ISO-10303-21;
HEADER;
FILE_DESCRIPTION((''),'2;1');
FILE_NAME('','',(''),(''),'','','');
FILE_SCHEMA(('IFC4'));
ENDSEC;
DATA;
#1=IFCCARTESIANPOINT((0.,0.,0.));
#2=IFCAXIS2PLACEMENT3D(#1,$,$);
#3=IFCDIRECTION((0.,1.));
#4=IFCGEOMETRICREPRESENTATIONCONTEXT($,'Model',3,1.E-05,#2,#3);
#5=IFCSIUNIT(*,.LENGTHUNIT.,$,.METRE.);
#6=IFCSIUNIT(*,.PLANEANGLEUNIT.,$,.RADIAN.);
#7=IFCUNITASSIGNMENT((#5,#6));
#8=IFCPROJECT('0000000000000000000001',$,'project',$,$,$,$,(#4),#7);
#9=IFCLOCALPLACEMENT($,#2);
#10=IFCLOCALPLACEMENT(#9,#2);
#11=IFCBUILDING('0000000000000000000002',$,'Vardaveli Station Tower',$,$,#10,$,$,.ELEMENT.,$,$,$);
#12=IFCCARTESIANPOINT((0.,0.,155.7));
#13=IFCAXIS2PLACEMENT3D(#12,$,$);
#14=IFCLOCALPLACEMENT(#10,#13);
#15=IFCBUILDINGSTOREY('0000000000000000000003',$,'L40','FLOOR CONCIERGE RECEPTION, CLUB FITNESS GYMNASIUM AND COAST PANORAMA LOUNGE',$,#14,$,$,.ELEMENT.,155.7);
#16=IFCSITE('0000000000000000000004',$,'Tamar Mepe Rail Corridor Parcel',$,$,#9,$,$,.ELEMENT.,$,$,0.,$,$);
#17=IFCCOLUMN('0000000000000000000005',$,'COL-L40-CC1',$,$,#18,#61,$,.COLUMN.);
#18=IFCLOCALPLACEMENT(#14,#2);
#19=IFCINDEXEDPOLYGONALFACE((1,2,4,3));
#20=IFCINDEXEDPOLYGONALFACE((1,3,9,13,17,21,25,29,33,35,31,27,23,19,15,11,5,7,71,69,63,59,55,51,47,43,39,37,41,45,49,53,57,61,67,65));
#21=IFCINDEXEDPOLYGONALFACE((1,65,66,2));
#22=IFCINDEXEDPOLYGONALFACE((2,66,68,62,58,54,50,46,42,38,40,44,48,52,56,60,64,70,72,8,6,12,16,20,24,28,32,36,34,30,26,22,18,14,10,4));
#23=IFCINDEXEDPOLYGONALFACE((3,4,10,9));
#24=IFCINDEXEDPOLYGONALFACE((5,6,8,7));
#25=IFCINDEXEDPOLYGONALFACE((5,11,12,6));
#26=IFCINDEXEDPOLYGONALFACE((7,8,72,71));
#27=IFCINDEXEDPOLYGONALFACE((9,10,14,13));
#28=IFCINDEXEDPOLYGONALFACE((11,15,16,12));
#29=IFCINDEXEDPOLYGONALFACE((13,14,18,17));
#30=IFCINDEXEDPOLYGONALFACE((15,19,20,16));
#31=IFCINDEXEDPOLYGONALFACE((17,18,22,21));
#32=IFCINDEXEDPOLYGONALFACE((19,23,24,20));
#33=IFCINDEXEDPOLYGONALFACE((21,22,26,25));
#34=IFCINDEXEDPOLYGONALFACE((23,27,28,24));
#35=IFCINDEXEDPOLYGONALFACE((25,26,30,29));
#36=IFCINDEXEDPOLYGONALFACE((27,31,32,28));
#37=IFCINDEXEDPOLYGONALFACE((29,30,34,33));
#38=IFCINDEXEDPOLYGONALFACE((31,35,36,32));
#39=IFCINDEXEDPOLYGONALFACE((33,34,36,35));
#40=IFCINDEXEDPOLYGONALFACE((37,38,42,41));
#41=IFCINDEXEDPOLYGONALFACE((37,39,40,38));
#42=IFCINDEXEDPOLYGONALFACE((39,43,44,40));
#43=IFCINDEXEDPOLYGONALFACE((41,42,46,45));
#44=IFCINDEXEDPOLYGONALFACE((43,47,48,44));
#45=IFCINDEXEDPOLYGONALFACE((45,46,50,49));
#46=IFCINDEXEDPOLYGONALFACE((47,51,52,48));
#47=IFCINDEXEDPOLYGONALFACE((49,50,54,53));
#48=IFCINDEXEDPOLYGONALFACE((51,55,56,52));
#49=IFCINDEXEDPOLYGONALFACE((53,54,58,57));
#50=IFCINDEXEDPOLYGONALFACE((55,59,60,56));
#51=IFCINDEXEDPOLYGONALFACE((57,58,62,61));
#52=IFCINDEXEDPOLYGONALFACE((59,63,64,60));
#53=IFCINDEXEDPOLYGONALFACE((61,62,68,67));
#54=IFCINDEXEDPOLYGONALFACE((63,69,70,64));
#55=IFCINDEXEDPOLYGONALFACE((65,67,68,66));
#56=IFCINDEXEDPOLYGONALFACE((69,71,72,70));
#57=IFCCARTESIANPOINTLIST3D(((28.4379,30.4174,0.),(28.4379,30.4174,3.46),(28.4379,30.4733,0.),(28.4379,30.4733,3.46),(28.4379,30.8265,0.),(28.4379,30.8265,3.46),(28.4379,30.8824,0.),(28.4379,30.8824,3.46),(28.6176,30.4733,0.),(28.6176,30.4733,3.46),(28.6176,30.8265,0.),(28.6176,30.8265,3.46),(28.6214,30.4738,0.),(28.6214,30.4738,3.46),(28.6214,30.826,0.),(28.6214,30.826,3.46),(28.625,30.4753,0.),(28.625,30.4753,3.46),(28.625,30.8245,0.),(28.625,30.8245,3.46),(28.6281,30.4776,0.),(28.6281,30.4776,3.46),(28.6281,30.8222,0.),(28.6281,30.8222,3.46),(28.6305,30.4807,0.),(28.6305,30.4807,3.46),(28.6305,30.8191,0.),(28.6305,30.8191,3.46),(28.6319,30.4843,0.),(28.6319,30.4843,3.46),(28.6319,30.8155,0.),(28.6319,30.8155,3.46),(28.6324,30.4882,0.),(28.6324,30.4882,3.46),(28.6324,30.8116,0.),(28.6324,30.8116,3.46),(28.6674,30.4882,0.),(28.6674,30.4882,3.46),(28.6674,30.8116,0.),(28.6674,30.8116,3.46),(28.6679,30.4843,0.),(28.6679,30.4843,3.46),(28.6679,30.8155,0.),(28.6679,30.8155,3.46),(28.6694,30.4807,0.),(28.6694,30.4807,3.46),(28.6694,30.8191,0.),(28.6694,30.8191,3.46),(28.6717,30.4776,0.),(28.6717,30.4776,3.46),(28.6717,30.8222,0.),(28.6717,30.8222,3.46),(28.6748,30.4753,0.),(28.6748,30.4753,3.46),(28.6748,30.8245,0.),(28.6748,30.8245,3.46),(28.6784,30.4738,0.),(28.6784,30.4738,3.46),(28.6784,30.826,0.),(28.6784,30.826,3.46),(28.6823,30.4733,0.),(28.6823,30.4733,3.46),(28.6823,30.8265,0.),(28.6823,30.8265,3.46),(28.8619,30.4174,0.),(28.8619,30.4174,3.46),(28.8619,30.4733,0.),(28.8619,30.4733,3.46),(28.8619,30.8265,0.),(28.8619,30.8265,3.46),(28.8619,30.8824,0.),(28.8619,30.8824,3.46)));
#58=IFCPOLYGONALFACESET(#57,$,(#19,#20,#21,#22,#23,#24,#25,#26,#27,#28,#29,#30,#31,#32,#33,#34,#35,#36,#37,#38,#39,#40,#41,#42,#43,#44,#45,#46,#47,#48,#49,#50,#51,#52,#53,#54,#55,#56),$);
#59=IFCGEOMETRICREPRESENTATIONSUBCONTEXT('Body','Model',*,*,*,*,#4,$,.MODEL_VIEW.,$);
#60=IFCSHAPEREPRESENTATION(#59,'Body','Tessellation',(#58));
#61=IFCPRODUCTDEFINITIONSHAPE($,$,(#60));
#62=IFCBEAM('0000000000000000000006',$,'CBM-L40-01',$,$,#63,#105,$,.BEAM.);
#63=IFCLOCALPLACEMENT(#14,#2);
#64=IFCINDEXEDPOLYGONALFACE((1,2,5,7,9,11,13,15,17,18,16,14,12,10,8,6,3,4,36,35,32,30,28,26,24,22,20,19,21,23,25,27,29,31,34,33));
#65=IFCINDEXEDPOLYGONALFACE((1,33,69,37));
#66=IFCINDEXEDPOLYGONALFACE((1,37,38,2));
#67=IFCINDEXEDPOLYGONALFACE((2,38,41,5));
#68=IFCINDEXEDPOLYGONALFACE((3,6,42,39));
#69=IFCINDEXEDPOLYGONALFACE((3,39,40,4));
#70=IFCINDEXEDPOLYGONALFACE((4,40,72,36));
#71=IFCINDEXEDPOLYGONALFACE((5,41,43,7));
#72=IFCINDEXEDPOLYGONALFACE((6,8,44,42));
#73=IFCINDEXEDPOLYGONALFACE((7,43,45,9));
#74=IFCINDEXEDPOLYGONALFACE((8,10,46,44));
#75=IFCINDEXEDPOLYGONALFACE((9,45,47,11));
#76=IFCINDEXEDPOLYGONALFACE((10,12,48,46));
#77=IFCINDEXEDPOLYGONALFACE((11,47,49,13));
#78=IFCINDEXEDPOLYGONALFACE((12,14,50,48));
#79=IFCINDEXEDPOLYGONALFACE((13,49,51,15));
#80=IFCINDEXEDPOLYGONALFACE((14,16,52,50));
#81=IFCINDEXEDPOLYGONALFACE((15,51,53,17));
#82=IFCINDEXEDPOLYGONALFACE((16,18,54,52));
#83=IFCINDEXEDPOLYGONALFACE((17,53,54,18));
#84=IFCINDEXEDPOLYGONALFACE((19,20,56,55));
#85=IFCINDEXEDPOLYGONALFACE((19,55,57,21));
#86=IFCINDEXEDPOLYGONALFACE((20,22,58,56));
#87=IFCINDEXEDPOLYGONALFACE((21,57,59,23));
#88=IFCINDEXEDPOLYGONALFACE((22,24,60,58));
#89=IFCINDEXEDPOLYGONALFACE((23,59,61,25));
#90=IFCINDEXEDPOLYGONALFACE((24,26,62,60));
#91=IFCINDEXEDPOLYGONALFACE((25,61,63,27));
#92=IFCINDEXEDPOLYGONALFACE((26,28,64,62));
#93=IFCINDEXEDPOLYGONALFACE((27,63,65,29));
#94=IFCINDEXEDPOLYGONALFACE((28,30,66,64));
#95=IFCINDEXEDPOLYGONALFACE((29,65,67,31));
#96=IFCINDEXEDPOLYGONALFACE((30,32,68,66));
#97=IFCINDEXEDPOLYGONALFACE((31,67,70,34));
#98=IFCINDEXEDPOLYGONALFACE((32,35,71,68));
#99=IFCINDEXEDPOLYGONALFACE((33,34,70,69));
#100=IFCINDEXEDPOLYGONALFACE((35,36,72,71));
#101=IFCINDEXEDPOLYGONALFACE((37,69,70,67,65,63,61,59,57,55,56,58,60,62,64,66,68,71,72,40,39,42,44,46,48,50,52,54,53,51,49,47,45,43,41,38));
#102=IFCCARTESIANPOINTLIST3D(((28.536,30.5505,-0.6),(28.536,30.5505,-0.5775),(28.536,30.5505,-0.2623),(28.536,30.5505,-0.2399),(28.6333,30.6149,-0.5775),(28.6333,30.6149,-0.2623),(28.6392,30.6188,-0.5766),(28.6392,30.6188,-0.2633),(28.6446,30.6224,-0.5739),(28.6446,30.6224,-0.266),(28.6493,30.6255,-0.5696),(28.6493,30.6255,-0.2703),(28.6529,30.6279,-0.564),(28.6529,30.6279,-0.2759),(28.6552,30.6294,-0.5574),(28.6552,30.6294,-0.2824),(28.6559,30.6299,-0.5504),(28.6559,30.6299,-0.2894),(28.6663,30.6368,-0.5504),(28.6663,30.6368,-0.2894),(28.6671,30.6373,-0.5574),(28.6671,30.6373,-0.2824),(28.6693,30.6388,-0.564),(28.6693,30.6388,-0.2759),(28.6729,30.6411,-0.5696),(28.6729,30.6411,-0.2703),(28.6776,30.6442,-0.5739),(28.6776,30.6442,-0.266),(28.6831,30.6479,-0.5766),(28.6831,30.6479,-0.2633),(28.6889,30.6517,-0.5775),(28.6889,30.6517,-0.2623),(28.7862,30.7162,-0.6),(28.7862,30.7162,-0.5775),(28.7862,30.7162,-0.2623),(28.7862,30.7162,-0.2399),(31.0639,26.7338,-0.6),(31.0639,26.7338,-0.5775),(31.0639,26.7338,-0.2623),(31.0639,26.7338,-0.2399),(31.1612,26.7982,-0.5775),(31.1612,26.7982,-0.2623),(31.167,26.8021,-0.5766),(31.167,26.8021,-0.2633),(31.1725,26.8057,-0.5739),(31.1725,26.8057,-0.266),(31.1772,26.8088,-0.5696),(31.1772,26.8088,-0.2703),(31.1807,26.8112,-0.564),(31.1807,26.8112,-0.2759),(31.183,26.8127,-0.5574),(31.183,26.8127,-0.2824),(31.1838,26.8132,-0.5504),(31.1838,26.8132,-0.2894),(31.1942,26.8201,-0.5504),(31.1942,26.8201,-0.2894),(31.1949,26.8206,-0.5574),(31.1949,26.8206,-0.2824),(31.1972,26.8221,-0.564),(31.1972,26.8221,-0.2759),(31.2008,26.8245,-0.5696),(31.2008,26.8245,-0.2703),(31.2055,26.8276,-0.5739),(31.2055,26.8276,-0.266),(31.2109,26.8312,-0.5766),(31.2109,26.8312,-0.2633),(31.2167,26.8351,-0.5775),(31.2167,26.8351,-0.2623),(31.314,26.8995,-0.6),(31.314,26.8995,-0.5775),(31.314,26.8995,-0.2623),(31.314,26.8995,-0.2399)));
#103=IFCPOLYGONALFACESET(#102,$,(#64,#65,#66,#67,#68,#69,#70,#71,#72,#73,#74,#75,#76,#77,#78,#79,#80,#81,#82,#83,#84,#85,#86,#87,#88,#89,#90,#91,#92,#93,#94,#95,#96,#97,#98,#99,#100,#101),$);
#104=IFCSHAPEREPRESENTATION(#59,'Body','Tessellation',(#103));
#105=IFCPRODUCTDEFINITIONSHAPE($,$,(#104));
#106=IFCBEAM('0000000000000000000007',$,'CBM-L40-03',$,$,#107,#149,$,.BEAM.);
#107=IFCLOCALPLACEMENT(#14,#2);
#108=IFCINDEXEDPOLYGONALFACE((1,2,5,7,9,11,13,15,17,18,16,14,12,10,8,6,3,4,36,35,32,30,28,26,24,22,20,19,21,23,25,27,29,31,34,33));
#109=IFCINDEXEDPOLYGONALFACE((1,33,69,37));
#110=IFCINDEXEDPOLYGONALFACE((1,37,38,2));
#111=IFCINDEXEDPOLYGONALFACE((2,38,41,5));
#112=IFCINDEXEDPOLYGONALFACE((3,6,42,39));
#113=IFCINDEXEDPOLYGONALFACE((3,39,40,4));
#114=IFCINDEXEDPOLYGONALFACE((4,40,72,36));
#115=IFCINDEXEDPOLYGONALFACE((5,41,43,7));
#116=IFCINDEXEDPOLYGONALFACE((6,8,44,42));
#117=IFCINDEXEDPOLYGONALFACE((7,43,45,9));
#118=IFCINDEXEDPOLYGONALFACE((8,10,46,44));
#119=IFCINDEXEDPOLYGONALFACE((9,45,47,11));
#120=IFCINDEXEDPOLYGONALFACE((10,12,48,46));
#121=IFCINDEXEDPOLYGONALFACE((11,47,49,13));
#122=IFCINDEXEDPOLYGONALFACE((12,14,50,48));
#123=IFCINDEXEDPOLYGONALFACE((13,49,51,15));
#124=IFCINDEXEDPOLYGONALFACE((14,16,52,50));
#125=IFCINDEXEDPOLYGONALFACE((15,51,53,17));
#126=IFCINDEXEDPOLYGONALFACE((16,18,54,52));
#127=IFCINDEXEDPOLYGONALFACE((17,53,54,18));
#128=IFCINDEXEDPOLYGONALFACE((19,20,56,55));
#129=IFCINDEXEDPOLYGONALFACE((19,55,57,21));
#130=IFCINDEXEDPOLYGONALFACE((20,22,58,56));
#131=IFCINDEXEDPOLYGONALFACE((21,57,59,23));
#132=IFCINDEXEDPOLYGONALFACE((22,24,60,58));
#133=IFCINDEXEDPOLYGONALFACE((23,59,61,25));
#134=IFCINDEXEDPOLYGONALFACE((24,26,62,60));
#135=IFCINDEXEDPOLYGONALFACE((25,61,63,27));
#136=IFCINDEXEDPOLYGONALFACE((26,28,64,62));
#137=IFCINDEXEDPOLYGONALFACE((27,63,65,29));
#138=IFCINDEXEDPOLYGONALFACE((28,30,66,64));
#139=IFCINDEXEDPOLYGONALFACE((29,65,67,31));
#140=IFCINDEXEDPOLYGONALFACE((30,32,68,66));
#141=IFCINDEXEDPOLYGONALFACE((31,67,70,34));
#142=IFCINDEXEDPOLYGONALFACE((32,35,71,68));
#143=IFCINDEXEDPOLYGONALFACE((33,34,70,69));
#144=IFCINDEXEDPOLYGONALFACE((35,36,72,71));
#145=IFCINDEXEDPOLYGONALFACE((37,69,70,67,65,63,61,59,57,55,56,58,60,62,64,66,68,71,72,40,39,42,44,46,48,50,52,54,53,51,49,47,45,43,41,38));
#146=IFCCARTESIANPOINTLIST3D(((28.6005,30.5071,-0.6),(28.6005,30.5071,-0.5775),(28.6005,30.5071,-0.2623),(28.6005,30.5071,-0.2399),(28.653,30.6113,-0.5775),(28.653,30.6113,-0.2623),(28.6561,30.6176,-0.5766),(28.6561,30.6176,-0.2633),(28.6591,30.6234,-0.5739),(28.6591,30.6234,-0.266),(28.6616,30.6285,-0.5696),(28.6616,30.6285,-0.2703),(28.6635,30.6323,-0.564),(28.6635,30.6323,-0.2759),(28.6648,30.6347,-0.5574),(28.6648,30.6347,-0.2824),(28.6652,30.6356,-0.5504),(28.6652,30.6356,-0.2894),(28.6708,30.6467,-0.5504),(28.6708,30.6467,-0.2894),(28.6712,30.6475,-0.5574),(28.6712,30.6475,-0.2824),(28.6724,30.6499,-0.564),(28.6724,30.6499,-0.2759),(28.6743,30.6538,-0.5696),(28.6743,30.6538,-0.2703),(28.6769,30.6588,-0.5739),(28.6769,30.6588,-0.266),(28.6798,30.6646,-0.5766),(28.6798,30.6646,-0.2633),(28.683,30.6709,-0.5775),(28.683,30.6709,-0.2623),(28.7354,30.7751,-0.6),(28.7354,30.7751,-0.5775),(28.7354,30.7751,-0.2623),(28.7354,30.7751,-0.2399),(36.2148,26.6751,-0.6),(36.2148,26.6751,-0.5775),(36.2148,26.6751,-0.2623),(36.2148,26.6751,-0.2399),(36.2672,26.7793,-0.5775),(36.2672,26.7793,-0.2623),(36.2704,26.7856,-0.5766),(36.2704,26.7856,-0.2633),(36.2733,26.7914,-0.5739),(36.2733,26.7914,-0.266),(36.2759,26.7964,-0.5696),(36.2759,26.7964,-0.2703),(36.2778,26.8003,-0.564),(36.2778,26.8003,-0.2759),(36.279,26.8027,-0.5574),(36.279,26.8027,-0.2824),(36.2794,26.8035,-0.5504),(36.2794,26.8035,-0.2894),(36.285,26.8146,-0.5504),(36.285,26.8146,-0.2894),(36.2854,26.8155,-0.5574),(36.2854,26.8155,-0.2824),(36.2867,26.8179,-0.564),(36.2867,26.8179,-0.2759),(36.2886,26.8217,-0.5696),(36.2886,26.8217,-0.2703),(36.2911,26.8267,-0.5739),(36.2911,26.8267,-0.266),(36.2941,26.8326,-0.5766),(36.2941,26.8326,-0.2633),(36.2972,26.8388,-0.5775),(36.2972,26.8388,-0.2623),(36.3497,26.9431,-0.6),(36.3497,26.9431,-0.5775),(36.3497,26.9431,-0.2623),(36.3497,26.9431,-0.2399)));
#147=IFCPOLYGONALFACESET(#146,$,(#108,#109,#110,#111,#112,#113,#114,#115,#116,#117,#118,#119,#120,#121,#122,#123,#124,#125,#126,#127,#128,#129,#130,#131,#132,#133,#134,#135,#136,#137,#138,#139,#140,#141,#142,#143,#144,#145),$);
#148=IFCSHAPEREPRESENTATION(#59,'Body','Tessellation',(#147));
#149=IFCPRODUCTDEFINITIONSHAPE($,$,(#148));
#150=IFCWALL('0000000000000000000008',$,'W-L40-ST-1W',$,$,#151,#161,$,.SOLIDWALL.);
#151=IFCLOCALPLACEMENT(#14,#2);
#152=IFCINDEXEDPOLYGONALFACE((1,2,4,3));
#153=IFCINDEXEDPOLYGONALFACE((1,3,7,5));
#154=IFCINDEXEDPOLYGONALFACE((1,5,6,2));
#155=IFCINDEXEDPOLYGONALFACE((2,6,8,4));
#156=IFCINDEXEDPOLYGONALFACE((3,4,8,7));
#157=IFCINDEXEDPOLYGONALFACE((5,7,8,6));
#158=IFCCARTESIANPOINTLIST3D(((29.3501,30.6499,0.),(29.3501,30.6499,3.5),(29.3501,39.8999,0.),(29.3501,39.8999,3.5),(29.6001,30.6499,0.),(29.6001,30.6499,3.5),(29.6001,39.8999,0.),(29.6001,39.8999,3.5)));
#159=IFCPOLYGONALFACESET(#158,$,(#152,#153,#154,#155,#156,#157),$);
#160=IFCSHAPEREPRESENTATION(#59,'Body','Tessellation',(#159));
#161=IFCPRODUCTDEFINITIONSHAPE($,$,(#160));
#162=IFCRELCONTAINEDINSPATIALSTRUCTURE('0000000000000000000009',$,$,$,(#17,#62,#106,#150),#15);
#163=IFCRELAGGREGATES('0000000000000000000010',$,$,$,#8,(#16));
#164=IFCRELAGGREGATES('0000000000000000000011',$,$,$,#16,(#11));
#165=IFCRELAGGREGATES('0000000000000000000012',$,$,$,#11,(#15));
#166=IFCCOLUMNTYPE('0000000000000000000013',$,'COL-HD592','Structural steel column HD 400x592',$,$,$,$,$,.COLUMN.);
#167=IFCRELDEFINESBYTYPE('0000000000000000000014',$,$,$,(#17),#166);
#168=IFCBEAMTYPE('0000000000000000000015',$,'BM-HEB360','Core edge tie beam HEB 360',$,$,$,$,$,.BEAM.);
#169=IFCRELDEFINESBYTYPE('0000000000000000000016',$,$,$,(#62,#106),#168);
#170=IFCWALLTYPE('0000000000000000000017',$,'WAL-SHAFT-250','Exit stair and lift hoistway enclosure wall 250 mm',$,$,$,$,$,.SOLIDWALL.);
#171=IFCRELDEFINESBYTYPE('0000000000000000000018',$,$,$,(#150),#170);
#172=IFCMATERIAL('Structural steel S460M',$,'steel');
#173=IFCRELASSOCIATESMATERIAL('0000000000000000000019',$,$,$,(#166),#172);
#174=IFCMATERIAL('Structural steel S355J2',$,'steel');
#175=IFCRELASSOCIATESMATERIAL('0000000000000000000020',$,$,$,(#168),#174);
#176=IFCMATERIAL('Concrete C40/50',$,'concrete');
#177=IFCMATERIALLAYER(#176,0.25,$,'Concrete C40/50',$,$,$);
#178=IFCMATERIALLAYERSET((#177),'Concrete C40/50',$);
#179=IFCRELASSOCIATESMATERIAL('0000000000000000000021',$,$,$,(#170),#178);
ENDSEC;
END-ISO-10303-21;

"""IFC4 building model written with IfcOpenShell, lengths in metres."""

from ifc_helpers import new_model, si_unit, direction, frame, frame_2d, origin, origin_2d, place, context, subcontext, project, spatial, rectangle, i_section, extrude, source, transform, mapped, material, layer, layer_set, material_profile, profile_set, type_object, element, save


model = new_model("IFC4")

# Units and contexts
model_context = context("Model", 3, precision=1e-05, world=origin(), true_north=direction((0.0, 1.0)))
body_context = subcontext(model_context, "Body", "Model", "MODEL_VIEW")
ifc_project = project(units=[si_unit("LENGTHUNIT", "METRE"), si_unit("PLANEANGLEUNIT", "RADIAN")], contexts=[model_context])

# Site, building, storey
site_placement = place(None, origin())
site = spatial("IfcSite", under=ifc_project, at=site_placement, Name="Tamar Mepe Rail Corridor Parcel", CompositionType="ELEMENT", RefElevation=0.0)
building_placement = place(site_placement, origin())
building = spatial("IfcBuilding", under=site, at=building_placement, Name="Vardaveli Station Tower", CompositionType="ELEMENT")
storey_placement = place(building_placement, frame((0.0, 0.0, 155.7)))
storey = spatial("IfcBuildingStorey", under=building, at=storey_placement, Name="L40", Description="FLOOR CONCIERGE RECEPTION, CLUB FITNESS GYMNASIUM AND COAST PANORAMA LOUNGE", CompositionType="ELEMENT", Elevation=155.7)

# Column
ifc_material_1 = material(Name="Structural steel S460M", Category="steel")
ifc_material_profile_1 = material_profile(ifc_material_1, i_section(OverallWidth=0.4241, OverallDepth=0.4651, WebThickness=0.0349, FlangeThickness=0.0559, FilletRadius=0.0149, at=origin_2d()), Name="HD 400x592")
ifc_profile_set_1 = profile_set([ifc_material_profile_1], Name="Structural steel S460M")
column_type = type_object("IfcColumnType", Name="COL-HD592", Description="Structural steel column HD 400x592", PredefinedType="COLUMN", material=ifc_profile_set_1)
shared_shape_1 = source(origin(), body_context, "Body", "SweptSolid", [
    extrude(i_section(OverallWidth=0.4241, OverallDepth=0.4651, WebThickness=0.0349, FlangeThickness=0.0559, FilletRadius=0.0149, at=origin_2d()), origin(), (0.0, 0.0, 1.0), 3.46),
])
column_placement = place(storey_placement, frame((28.6499, 30.6499, 0.0), z_axis=(0.0, 0.0, 1.0), x_axis=(1.0, 0.0, 0.0)))
element("IfcColumn", 1, at=column_placement, inside=storey, type_object=column_type, Name="COL-L40-CC1", PredefinedType="COLUMN", context=body_context, shape_type="MappedRepresentation", body=[
    mapped(shared_shape_1, transform((0.0, 0.0, 0.0), scale=1.0)),
])

# Beams
ifc_material_2 = material(Name="Structural steel S355J2", Category="steel")
ifc_material_profile_2 = material_profile(ifc_material_2, i_section(OverallWidth=0.3, OverallDepth=0.3601, WebThickness=0.0125, FlangeThickness=0.0225, FilletRadius=0.0271, at=origin_2d()), Name="HEB 360")
ifc_profile_set_2 = profile_set([ifc_material_profile_2], Name="Structural steel S355J2")
beam_type = type_object("IfcBeamType", Name="BM-HEB360", Description="Core edge tie beam HEB 360", PredefinedType="BEAM", material=ifc_profile_set_2)
shared_shape_2 = source(origin(), body_context, "Body", "SweptSolid", [
    extrude(i_section(OverallWidth=0.3, OverallDepth=0.3601, WebThickness=0.0125, FlangeThickness=0.0225, FilletRadius=0.0271, at=origin_2d()), origin(), (0.0, 0.0, 1.0), 4.5779),
])
beam_1_placement = place(storey_placement, frame((31.189, 26.8167, -0.4199), z_axis=(-0.552187, 0.83372, 0.0), x_axis=(-0.83372, -0.552187, 0.0)))
element("IfcBeam", 2, at=beam_1_placement, inside=storey, type_object=beam_type, Name="CBM-L40-01", PredefinedType="BEAM", context=body_context, shape_type="MappedRepresentation", body=[
    mapped(shared_shape_2, transform((0.0, 0.0, 0.0), scale=1.0)),
])
shared_shape_3 = source(origin(), body_context, "Body", "SweptSolid", [
    extrude(i_section(OverallWidth=0.3, OverallDepth=0.3601, WebThickness=0.0125, FlangeThickness=0.0225, FilletRadius=0.0271, at=origin_2d()), origin(), (0.0, 0.0, 1.0), 8.5242),
])
beam_2_placement = place(storey_placement, frame((28.668, 30.6411, -0.4199), z_axis=(0.893256, -0.449549, 0.0), x_axis=(0.449549, 0.893256, 0.0)))
element("IfcBeam", 3, at=beam_2_placement, inside=storey, type_object=beam_type, Name="CBM-L40-03", PredefinedType="BEAM", context=body_context, shape_type="MappedRepresentation", body=[
    mapped(shared_shape_3, transform((0.0, 0.0, 0.0), scale=1.0)),
])

# Wall
ifc_material_3 = material(Name="Concrete C40/50", Category="concrete")
ifc_layer_1 = layer(ifc_material_3, 0.25, Name="Concrete C40/50")
ifc_layer_set_1 = layer_set([ifc_layer_1], Name="Concrete C40/50")
wall_type_1 = type_object("IfcWallType", Name="WAL-SHAFT-250", Description="Exit stair and lift hoistway enclosure wall 250 mm", PredefinedType="SOLIDWALL", material=ifc_layer_set_1)
shared_shape_4 = source(origin(), body_context, "Body", "SweptSolid", [
    extrude(rectangle(XDim=9.25, YDim=0.25, at=frame_2d((4.625, 0.0))), origin(), (0.0, 0.0, 1.0), 3.5),
])
wall_1_placement = place(storey_placement, frame((29.4751, 30.6499, 0.0), z_axis=(0.0, 0.0, 1.0), x_axis=(0.0, 1.0, 0.0)))
element("IfcWall", 4, at=wall_1_placement, inside=storey, type_object=wall_type_1, Name="W-L40-ST-1W", PredefinedType="SOLIDWALL", context=body_context, shape_type="MappedRepresentation", body=[
    mapped(shared_shape_4, transform((0.0, 0.0, 0.0), scale=1.0)),
])

save(model, "model.ifc")
